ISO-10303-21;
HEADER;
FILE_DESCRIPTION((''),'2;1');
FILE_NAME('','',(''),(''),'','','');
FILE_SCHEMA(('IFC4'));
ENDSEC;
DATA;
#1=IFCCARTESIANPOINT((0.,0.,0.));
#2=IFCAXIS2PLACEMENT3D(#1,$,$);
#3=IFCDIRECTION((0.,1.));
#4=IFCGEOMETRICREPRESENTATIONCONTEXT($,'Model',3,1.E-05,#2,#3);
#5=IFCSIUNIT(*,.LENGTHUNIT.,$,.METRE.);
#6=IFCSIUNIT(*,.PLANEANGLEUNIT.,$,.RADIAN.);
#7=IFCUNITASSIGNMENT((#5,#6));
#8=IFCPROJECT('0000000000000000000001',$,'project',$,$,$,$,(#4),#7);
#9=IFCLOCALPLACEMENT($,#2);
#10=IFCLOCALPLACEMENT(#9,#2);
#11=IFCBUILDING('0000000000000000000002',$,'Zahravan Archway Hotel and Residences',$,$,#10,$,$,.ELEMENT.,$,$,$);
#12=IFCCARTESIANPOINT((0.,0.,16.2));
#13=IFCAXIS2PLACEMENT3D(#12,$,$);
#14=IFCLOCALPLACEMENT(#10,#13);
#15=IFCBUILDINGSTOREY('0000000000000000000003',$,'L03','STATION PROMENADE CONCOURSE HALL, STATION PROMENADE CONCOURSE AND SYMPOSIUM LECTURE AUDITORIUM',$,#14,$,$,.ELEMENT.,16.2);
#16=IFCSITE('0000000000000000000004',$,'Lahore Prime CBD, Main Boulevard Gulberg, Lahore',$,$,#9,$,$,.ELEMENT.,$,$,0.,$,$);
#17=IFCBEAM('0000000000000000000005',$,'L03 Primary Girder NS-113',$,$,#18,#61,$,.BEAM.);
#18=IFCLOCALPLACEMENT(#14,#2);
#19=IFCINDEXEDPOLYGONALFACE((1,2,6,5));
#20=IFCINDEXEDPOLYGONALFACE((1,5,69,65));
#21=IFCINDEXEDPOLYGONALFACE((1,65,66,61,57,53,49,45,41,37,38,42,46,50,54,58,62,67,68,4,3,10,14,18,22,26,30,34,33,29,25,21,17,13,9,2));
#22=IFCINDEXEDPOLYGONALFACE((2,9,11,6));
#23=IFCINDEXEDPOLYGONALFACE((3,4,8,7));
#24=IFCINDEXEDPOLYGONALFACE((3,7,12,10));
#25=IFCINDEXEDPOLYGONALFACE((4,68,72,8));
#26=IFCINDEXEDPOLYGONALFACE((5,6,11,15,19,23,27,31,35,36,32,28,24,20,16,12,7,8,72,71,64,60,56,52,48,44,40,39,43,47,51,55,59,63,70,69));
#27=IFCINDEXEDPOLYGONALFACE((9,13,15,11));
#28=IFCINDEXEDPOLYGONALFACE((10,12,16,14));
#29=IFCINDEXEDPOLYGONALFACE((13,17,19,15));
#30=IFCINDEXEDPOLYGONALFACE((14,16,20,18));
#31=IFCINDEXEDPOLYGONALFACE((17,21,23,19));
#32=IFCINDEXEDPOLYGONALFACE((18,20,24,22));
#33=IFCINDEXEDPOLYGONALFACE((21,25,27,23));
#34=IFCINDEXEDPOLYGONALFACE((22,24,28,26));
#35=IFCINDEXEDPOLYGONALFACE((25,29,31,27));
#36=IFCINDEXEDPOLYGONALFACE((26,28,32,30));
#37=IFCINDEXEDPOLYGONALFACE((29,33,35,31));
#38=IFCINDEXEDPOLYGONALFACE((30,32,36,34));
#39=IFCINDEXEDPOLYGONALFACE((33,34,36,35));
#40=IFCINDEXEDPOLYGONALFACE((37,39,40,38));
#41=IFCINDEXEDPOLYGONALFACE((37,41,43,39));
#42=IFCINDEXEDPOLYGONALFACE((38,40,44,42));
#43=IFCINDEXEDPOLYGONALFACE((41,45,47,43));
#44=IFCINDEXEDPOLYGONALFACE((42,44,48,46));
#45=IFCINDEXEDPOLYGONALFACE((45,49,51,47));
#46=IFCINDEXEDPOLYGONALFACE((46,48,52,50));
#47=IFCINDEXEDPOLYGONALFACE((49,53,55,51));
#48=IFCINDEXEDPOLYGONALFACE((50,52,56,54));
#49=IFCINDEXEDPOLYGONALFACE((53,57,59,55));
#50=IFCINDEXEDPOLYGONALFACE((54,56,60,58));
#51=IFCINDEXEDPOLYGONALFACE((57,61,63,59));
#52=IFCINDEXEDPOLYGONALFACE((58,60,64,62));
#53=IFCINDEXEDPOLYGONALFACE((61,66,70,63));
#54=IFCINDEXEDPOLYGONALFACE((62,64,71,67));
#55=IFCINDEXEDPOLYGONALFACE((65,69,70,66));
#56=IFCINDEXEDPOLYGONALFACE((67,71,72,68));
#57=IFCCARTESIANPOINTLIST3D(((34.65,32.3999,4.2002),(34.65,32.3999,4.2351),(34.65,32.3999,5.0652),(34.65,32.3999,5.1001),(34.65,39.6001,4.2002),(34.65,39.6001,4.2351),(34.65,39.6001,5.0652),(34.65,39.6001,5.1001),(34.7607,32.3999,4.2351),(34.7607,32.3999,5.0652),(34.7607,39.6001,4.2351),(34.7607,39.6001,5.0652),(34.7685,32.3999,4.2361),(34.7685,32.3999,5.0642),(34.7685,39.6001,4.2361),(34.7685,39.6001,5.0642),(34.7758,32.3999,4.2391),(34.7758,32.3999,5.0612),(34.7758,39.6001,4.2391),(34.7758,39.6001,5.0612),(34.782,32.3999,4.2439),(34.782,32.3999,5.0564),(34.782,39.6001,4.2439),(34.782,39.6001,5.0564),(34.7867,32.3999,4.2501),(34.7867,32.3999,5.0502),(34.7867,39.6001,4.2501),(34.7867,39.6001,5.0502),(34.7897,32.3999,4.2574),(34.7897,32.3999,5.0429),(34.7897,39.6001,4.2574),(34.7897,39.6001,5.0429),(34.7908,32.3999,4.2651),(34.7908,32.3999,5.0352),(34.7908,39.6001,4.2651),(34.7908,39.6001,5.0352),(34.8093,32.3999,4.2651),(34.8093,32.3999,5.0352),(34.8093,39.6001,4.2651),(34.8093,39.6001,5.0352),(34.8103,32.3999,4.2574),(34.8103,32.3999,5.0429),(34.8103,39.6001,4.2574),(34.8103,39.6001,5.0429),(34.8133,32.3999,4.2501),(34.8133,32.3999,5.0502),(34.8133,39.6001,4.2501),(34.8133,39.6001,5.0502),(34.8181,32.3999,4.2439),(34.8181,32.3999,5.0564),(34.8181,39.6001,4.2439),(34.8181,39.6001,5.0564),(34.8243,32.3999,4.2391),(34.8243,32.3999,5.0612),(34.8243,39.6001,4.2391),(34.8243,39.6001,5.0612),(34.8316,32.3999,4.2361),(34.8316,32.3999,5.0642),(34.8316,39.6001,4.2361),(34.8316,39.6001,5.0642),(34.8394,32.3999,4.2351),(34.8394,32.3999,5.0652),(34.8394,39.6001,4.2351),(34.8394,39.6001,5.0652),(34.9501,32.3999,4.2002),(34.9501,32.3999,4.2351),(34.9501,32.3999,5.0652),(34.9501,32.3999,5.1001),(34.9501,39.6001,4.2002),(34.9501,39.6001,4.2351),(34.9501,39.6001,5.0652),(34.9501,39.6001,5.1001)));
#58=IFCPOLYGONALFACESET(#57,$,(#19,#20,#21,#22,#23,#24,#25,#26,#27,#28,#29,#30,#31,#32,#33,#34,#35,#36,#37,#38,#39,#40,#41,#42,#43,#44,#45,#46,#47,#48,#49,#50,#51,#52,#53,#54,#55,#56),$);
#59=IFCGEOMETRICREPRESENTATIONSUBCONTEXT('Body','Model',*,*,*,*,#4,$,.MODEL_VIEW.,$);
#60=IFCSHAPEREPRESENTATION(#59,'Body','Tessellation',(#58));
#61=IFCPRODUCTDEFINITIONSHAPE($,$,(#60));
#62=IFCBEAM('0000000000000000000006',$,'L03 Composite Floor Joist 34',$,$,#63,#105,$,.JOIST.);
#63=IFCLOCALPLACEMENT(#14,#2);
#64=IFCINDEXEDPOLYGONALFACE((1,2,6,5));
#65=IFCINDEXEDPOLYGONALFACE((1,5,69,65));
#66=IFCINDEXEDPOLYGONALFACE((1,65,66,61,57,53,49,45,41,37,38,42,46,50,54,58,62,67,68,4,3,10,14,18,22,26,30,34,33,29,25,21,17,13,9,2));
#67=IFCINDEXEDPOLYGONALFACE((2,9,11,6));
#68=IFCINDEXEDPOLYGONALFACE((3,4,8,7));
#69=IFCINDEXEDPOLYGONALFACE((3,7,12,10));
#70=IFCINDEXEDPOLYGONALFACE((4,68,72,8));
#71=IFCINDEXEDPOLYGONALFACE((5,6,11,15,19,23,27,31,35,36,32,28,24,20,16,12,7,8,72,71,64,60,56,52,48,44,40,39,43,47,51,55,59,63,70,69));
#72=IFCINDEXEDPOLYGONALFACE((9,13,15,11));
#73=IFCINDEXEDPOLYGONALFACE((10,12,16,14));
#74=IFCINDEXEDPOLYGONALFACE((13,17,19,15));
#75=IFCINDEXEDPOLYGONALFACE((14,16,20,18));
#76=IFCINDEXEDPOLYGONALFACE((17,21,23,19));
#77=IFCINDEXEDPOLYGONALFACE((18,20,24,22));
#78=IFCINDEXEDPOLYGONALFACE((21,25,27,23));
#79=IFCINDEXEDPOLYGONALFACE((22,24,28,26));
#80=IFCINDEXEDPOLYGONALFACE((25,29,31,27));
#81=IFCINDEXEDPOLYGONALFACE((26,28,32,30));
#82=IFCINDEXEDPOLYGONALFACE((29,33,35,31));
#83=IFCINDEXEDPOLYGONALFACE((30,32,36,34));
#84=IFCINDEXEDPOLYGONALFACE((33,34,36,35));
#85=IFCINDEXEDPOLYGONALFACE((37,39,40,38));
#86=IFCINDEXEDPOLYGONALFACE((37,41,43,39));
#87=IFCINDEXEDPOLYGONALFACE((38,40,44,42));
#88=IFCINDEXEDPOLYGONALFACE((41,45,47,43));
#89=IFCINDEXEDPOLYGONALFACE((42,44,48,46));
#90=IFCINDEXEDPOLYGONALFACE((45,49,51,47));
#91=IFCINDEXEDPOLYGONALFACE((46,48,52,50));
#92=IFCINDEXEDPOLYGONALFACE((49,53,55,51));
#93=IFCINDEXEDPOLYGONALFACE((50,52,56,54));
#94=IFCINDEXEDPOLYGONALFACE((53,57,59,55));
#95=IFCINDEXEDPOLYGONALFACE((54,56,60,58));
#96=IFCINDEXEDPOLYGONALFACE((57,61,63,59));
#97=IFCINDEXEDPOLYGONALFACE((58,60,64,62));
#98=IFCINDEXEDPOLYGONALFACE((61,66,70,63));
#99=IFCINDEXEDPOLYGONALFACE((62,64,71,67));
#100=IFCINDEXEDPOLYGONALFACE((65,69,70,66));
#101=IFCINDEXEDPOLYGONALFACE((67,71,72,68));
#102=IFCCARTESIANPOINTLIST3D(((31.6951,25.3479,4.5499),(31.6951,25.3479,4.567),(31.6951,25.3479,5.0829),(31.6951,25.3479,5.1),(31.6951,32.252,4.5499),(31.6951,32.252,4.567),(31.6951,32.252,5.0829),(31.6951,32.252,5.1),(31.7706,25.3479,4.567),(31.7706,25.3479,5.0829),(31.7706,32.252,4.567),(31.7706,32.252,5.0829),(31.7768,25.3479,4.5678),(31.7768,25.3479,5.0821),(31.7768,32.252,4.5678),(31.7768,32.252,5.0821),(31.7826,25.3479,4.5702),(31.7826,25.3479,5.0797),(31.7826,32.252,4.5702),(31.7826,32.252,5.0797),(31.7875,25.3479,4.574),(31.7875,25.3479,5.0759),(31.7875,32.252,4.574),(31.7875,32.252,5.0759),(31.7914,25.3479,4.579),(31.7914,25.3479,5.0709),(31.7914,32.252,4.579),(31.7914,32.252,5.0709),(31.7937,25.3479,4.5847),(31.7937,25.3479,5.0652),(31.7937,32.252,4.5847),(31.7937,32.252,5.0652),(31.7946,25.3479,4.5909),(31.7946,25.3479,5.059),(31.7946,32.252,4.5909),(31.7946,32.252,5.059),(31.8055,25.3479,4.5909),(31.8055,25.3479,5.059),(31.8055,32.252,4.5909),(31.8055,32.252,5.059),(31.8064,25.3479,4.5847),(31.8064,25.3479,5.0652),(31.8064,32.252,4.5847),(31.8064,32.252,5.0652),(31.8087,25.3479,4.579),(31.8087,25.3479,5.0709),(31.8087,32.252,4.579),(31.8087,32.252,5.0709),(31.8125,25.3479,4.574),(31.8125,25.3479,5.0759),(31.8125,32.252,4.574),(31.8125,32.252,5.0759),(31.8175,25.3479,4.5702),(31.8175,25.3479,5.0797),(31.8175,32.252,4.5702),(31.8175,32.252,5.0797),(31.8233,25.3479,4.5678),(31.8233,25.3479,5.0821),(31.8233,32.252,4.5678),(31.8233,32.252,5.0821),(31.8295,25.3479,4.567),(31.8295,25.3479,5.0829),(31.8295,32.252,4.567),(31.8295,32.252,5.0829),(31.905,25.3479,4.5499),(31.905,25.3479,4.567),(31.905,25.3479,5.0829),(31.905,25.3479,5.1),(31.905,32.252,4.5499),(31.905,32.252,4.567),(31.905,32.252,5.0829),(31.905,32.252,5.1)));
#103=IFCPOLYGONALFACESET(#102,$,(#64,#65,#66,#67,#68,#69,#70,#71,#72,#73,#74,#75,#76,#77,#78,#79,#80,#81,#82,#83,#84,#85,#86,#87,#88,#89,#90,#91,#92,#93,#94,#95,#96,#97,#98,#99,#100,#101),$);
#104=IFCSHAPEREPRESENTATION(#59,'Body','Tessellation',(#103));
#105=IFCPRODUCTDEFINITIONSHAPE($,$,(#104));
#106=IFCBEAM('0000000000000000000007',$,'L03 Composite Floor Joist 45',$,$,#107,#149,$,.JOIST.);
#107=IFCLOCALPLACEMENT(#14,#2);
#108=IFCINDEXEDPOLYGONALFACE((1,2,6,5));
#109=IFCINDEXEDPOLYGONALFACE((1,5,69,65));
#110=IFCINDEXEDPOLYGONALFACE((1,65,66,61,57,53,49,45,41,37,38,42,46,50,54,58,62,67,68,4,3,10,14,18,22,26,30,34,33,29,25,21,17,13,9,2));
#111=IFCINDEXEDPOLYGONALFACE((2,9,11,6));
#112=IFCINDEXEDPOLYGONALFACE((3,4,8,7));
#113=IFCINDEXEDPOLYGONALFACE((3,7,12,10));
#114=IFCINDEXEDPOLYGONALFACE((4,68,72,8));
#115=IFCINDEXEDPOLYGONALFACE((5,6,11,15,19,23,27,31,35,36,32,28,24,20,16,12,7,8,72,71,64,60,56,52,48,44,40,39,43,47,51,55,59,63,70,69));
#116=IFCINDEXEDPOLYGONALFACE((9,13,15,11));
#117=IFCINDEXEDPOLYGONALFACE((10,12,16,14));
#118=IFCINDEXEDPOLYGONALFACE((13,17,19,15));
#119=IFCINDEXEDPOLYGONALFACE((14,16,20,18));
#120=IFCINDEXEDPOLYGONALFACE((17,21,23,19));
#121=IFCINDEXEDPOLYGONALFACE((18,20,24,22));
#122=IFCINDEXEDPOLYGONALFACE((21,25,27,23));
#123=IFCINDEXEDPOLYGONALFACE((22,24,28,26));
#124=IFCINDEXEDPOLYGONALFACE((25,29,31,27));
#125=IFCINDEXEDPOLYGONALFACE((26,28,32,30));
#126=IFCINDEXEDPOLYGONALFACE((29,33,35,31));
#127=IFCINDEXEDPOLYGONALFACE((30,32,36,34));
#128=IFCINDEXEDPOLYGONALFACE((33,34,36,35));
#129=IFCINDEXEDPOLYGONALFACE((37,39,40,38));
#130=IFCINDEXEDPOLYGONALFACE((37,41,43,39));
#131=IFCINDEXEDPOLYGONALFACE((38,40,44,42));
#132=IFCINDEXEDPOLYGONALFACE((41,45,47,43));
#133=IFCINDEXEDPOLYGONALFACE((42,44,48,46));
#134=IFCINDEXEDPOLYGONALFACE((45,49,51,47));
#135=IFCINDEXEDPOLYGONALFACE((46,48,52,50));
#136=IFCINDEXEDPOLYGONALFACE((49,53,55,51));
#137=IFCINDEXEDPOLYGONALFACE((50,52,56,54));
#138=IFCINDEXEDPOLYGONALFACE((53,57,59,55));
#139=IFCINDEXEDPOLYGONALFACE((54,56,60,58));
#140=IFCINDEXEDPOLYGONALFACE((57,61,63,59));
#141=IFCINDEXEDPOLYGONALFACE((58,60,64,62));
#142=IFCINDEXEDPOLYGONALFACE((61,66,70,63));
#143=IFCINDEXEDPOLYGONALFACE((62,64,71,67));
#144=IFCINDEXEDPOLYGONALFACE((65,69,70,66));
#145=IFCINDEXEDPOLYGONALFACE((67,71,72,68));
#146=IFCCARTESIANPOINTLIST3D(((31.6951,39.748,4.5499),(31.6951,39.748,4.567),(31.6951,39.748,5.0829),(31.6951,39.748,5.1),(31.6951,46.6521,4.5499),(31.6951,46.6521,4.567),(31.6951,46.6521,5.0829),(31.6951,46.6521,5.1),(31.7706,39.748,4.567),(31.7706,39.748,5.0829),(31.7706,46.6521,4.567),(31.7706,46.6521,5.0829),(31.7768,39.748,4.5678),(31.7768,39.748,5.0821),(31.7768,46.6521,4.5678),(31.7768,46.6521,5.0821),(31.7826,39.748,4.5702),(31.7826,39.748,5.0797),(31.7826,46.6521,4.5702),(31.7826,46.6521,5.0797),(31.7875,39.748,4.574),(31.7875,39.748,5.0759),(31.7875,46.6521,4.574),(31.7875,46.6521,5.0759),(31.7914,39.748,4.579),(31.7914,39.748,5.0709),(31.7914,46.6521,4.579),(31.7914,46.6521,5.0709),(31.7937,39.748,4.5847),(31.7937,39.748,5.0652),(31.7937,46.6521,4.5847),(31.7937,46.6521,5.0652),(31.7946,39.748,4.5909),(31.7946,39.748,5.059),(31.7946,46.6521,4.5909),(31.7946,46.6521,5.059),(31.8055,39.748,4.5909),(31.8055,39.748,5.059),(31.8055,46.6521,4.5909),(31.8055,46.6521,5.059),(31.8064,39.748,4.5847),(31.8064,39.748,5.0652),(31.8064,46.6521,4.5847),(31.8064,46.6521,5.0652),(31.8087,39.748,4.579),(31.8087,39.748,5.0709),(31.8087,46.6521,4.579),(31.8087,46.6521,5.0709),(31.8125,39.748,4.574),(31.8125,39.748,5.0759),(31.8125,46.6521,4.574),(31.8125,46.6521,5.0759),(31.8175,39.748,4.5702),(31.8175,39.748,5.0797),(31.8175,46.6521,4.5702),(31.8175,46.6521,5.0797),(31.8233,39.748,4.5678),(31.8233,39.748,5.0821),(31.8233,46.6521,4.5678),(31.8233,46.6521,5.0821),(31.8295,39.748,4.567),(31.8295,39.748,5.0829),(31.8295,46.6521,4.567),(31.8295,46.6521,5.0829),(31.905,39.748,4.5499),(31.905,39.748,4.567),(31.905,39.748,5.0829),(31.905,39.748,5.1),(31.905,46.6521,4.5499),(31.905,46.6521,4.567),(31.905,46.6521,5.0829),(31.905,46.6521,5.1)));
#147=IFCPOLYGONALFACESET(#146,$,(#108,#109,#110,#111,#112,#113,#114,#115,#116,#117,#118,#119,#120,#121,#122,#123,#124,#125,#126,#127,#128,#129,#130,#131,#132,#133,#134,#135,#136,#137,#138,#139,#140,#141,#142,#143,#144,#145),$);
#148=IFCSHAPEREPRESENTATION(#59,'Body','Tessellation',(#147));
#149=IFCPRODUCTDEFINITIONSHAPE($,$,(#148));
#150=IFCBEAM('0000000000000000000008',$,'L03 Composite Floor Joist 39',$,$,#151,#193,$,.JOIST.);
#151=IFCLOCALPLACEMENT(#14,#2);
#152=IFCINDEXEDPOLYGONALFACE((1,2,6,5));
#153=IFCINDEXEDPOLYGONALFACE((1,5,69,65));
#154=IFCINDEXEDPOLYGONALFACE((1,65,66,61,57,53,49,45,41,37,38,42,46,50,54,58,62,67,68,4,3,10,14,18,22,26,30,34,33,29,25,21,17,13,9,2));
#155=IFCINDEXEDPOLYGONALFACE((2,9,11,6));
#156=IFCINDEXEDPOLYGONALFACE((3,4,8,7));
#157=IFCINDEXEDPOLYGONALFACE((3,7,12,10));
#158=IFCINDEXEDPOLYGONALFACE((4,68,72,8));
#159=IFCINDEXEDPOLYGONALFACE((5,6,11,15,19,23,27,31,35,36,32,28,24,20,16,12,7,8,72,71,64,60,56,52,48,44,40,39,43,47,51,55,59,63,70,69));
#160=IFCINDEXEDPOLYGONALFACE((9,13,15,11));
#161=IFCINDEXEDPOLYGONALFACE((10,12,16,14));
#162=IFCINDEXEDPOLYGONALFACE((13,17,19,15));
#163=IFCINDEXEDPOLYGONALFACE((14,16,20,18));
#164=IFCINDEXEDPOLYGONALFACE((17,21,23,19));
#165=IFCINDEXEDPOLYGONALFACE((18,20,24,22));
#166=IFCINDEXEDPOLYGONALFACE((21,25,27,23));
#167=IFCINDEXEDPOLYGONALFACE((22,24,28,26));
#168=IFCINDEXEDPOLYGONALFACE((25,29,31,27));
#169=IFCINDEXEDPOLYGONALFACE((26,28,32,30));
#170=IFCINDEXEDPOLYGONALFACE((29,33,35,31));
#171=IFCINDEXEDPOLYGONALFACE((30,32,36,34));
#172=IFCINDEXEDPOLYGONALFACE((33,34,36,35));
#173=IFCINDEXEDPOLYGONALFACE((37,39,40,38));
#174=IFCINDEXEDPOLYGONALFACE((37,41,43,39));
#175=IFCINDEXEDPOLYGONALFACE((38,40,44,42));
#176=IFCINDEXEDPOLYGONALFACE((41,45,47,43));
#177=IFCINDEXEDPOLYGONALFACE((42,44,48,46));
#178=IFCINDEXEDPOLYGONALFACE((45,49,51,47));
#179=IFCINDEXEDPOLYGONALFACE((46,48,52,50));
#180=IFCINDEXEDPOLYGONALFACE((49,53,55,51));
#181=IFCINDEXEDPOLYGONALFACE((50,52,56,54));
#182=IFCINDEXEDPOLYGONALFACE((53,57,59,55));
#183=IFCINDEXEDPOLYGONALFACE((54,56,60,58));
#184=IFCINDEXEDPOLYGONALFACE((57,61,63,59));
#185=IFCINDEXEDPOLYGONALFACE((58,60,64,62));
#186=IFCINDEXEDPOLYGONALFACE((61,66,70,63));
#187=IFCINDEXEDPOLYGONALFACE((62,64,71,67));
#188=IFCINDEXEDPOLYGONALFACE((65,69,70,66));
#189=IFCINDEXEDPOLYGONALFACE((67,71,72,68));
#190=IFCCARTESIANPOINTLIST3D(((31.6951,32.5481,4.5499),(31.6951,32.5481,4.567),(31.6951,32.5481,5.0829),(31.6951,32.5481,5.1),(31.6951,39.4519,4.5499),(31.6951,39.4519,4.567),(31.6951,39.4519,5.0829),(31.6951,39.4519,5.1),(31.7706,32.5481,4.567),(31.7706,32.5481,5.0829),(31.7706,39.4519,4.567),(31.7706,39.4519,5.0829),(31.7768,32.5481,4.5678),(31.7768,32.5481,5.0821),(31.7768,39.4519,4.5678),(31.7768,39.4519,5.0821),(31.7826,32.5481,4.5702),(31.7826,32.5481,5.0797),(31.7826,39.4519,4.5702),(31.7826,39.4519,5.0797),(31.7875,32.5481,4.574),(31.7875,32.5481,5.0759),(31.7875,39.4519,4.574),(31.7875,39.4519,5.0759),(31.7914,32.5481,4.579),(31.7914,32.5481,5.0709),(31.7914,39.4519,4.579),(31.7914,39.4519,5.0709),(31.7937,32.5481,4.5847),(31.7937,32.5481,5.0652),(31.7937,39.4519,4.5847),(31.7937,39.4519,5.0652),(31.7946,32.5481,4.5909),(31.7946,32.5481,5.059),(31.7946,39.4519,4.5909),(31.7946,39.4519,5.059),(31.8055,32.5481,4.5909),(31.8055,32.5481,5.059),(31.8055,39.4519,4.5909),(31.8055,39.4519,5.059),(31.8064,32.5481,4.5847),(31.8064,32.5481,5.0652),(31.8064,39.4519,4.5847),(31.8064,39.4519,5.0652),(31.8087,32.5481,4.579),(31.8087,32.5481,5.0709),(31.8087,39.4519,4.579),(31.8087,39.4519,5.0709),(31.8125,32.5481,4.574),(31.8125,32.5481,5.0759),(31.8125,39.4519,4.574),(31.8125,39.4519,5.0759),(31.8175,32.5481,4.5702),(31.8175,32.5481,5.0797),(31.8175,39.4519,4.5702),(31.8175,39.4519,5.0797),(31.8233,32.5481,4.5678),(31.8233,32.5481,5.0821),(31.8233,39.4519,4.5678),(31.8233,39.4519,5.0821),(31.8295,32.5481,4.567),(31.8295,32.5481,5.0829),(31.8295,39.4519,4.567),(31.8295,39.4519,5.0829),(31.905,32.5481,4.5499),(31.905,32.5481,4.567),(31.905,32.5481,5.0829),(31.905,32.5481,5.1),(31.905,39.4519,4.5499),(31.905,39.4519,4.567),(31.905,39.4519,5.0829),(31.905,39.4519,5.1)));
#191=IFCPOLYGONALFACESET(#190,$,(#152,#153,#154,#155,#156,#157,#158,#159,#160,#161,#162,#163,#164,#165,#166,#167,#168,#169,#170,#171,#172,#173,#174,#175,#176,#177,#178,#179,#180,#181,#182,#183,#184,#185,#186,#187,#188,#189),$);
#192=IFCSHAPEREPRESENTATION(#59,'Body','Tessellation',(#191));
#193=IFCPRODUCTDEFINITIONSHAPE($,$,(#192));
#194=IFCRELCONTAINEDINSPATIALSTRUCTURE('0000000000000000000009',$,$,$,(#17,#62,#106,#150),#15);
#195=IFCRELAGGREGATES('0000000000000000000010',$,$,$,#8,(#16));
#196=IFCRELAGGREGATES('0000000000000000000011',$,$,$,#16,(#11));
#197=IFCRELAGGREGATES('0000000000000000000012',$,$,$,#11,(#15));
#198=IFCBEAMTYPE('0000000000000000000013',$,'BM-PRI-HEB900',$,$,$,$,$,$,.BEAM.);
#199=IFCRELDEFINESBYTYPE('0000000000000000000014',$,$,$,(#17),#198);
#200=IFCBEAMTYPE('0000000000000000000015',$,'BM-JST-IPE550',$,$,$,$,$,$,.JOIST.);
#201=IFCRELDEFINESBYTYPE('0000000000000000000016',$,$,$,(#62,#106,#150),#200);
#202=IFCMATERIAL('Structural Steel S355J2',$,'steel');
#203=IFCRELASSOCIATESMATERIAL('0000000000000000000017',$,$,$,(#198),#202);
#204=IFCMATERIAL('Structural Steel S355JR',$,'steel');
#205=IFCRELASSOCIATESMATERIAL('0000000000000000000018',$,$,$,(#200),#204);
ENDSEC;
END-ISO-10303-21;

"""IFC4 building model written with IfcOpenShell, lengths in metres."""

from ifc_helpers import new_model, si_unit, direction, frame, origin, origin_2d, place, context, subcontext, project, spatial, i_section, extrude, source, transform, mapped, material, material_profile, profile_set, type_object, type_shapes, element, save


model = new_model("IFC4")

# Units and contexts
model_context = context("Model", 3, precision=1e-05, world=origin(), true_north=direction((0.0, 1.0)))
body_context = subcontext(model_context, "Body", "Model", "MODEL_VIEW")
ifc_project = project(units=[si_unit("LENGTHUNIT", "METRE"), si_unit("PLANEANGLEUNIT", "RADIAN")], contexts=[model_context])

# Site, building, storey
site_placement = place(None, origin())
site = spatial("IfcSite", under=ifc_project, at=site_placement, Name="Lahore Prime CBD, Main Boulevard Gulberg, Lahore", CompositionType="ELEMENT", RefElevation=0.0)
building_placement = place(site_placement, origin())
building = spatial("IfcBuilding", under=site, at=building_placement, Name="Zahravan Archway Hotel and Residences", CompositionType="ELEMENT")
storey_placement = place(building_placement, frame((0.0, 0.0, 16.2)))
storey = spatial("IfcBuildingStorey", under=building, at=storey_placement, Name="L03", Description="STATION PROMENADE CONCOURSE HALL, STATION PROMENADE CONCOURSE AND SYMPOSIUM LECTURE AUDITORIUM", CompositionType="ELEMENT", Elevation=16.2)

# Beams
ifc_material_1 = material(Name="Structural Steel S355J2", Category="steel")
ifc_material_profile_1 = material_profile(ifc_material_1, i_section(OverallWidth=0.3, OverallDepth=0.8999, WebThickness=0.0186, FlangeThickness=0.0349, FilletRadius=0.03, at=origin_2d()), Name="HEB 900", Category="steel")
ifc_profile_set_1 = profile_set([ifc_material_profile_1], Name="Structural Steel S355J2")
beam_type_1 = type_object("IfcBeamType", Name="BM-PRI-HEB900", PredefinedType="BEAM", material=ifc_profile_set_1)
shared_shape_1 = source(origin(), body_context, "Body", "SweptSolid", [
    extrude(i_section(OverallWidth=0.3, OverallDepth=0.8999, WebThickness=0.0186, FlangeThickness=0.0349, FilletRadius=0.03, at=origin_2d()), origin(), (0.0, 0.0, 1.0), 7.2002),
])
beam_1_placement = place(storey_placement, frame((34.8, 32.3999, 4.6501), z_axis=(0.0, 1.0, 0.0), x_axis=(-1.0, 0.0, 0.0)))
element("IfcBeam", 1, at=beam_1_placement, inside=storey, type_object=beam_type_1, Name="L03 Primary Girder NS-113", PredefinedType="BEAM", context=body_context, shape_type="MappedRepresentation", body=[
    mapped(shared_shape_1, transform((0.0, 0.0, 0.0), scale=1.0)),
])
ifc_material_2 = material(Name="Structural Steel S355JR", Category="steel")
ifc_material_profile_2 = material_profile(ifc_material_2, i_section(OverallWidth=0.21, OverallDepth=0.55, WebThickness=0.011, FlangeThickness=0.0171, FilletRadius=0.0239, at=origin_2d()), Name="IPE 550", Category="steel")
ifc_profile_set_2 = profile_set([ifc_material_profile_2], Name="Structural Steel S355JR")
beam_type_2 = type_object("IfcBeamType", Name="BM-JST-IPE550", PredefinedType="JOIST", material=ifc_profile_set_2)
shared_shape_2 = source(origin(), body_context, "Body", "SweptSolid", [
    extrude(i_section(OverallWidth=0.21, OverallDepth=0.55, WebThickness=0.011, FlangeThickness=0.0171, FilletRadius=0.0239, at=origin_2d()), origin(), (0.0, 0.0, 1.0), 6.9041),
])
type_shapes(beam_type_2, [shared_shape_2])
for number, where, z_axis, x_axis, name in (
    (2, (31.8, 25.3479, 4.825), (0.0, 1.0, 0.0), (-1.0, 0.0, 0.0), "L03 Composite Floor Joist 34"),
    (3, (31.8, 39.748, 4.825), (0.0, 1.0, 0.0), (-1.0, 0.0, 0.0), "L03 Composite Floor Joist 45"),
):
    element("IfcBeam", number, at=place(storey_placement, frame(where, z_axis=z_axis, x_axis=x_axis)), inside=storey, type_object=beam_type_2, Name=name, PredefinedType="JOIST", context=body_context, shape_type="MappedRepresentation", body=[
        mapped(shared_shape_2, transform((0.0, 0.0, 0.0), scale=1.0)),
    ])
shared_shape_3 = source(origin(), body_context, "Body", "SweptSolid", [
    extrude(i_section(OverallWidth=0.21, OverallDepth=0.55, WebThickness=0.011, FlangeThickness=0.0171, FilletRadius=0.0239, at=origin_2d()), origin(), (0.0, 0.0, 1.0), 6.9038),
])
beam_2_placement = place(storey_placement, frame((31.8, 32.5481, 4.825), z_axis=(0.0, 1.0, 0.0), x_axis=(-1.0, 0.0, 0.0)))
element("IfcBeam", 4, at=beam_2_placement, inside=storey, type_object=beam_type_2, Name="L03 Composite Floor Joist 39", PredefinedType="JOIST", context=body_context, shape_type="MappedRepresentation", body=[
    mapped(shared_shape_3, transform((0.0, 0.0, 0.0), scale=1.0)),
])

save(model, "model.ifc")
